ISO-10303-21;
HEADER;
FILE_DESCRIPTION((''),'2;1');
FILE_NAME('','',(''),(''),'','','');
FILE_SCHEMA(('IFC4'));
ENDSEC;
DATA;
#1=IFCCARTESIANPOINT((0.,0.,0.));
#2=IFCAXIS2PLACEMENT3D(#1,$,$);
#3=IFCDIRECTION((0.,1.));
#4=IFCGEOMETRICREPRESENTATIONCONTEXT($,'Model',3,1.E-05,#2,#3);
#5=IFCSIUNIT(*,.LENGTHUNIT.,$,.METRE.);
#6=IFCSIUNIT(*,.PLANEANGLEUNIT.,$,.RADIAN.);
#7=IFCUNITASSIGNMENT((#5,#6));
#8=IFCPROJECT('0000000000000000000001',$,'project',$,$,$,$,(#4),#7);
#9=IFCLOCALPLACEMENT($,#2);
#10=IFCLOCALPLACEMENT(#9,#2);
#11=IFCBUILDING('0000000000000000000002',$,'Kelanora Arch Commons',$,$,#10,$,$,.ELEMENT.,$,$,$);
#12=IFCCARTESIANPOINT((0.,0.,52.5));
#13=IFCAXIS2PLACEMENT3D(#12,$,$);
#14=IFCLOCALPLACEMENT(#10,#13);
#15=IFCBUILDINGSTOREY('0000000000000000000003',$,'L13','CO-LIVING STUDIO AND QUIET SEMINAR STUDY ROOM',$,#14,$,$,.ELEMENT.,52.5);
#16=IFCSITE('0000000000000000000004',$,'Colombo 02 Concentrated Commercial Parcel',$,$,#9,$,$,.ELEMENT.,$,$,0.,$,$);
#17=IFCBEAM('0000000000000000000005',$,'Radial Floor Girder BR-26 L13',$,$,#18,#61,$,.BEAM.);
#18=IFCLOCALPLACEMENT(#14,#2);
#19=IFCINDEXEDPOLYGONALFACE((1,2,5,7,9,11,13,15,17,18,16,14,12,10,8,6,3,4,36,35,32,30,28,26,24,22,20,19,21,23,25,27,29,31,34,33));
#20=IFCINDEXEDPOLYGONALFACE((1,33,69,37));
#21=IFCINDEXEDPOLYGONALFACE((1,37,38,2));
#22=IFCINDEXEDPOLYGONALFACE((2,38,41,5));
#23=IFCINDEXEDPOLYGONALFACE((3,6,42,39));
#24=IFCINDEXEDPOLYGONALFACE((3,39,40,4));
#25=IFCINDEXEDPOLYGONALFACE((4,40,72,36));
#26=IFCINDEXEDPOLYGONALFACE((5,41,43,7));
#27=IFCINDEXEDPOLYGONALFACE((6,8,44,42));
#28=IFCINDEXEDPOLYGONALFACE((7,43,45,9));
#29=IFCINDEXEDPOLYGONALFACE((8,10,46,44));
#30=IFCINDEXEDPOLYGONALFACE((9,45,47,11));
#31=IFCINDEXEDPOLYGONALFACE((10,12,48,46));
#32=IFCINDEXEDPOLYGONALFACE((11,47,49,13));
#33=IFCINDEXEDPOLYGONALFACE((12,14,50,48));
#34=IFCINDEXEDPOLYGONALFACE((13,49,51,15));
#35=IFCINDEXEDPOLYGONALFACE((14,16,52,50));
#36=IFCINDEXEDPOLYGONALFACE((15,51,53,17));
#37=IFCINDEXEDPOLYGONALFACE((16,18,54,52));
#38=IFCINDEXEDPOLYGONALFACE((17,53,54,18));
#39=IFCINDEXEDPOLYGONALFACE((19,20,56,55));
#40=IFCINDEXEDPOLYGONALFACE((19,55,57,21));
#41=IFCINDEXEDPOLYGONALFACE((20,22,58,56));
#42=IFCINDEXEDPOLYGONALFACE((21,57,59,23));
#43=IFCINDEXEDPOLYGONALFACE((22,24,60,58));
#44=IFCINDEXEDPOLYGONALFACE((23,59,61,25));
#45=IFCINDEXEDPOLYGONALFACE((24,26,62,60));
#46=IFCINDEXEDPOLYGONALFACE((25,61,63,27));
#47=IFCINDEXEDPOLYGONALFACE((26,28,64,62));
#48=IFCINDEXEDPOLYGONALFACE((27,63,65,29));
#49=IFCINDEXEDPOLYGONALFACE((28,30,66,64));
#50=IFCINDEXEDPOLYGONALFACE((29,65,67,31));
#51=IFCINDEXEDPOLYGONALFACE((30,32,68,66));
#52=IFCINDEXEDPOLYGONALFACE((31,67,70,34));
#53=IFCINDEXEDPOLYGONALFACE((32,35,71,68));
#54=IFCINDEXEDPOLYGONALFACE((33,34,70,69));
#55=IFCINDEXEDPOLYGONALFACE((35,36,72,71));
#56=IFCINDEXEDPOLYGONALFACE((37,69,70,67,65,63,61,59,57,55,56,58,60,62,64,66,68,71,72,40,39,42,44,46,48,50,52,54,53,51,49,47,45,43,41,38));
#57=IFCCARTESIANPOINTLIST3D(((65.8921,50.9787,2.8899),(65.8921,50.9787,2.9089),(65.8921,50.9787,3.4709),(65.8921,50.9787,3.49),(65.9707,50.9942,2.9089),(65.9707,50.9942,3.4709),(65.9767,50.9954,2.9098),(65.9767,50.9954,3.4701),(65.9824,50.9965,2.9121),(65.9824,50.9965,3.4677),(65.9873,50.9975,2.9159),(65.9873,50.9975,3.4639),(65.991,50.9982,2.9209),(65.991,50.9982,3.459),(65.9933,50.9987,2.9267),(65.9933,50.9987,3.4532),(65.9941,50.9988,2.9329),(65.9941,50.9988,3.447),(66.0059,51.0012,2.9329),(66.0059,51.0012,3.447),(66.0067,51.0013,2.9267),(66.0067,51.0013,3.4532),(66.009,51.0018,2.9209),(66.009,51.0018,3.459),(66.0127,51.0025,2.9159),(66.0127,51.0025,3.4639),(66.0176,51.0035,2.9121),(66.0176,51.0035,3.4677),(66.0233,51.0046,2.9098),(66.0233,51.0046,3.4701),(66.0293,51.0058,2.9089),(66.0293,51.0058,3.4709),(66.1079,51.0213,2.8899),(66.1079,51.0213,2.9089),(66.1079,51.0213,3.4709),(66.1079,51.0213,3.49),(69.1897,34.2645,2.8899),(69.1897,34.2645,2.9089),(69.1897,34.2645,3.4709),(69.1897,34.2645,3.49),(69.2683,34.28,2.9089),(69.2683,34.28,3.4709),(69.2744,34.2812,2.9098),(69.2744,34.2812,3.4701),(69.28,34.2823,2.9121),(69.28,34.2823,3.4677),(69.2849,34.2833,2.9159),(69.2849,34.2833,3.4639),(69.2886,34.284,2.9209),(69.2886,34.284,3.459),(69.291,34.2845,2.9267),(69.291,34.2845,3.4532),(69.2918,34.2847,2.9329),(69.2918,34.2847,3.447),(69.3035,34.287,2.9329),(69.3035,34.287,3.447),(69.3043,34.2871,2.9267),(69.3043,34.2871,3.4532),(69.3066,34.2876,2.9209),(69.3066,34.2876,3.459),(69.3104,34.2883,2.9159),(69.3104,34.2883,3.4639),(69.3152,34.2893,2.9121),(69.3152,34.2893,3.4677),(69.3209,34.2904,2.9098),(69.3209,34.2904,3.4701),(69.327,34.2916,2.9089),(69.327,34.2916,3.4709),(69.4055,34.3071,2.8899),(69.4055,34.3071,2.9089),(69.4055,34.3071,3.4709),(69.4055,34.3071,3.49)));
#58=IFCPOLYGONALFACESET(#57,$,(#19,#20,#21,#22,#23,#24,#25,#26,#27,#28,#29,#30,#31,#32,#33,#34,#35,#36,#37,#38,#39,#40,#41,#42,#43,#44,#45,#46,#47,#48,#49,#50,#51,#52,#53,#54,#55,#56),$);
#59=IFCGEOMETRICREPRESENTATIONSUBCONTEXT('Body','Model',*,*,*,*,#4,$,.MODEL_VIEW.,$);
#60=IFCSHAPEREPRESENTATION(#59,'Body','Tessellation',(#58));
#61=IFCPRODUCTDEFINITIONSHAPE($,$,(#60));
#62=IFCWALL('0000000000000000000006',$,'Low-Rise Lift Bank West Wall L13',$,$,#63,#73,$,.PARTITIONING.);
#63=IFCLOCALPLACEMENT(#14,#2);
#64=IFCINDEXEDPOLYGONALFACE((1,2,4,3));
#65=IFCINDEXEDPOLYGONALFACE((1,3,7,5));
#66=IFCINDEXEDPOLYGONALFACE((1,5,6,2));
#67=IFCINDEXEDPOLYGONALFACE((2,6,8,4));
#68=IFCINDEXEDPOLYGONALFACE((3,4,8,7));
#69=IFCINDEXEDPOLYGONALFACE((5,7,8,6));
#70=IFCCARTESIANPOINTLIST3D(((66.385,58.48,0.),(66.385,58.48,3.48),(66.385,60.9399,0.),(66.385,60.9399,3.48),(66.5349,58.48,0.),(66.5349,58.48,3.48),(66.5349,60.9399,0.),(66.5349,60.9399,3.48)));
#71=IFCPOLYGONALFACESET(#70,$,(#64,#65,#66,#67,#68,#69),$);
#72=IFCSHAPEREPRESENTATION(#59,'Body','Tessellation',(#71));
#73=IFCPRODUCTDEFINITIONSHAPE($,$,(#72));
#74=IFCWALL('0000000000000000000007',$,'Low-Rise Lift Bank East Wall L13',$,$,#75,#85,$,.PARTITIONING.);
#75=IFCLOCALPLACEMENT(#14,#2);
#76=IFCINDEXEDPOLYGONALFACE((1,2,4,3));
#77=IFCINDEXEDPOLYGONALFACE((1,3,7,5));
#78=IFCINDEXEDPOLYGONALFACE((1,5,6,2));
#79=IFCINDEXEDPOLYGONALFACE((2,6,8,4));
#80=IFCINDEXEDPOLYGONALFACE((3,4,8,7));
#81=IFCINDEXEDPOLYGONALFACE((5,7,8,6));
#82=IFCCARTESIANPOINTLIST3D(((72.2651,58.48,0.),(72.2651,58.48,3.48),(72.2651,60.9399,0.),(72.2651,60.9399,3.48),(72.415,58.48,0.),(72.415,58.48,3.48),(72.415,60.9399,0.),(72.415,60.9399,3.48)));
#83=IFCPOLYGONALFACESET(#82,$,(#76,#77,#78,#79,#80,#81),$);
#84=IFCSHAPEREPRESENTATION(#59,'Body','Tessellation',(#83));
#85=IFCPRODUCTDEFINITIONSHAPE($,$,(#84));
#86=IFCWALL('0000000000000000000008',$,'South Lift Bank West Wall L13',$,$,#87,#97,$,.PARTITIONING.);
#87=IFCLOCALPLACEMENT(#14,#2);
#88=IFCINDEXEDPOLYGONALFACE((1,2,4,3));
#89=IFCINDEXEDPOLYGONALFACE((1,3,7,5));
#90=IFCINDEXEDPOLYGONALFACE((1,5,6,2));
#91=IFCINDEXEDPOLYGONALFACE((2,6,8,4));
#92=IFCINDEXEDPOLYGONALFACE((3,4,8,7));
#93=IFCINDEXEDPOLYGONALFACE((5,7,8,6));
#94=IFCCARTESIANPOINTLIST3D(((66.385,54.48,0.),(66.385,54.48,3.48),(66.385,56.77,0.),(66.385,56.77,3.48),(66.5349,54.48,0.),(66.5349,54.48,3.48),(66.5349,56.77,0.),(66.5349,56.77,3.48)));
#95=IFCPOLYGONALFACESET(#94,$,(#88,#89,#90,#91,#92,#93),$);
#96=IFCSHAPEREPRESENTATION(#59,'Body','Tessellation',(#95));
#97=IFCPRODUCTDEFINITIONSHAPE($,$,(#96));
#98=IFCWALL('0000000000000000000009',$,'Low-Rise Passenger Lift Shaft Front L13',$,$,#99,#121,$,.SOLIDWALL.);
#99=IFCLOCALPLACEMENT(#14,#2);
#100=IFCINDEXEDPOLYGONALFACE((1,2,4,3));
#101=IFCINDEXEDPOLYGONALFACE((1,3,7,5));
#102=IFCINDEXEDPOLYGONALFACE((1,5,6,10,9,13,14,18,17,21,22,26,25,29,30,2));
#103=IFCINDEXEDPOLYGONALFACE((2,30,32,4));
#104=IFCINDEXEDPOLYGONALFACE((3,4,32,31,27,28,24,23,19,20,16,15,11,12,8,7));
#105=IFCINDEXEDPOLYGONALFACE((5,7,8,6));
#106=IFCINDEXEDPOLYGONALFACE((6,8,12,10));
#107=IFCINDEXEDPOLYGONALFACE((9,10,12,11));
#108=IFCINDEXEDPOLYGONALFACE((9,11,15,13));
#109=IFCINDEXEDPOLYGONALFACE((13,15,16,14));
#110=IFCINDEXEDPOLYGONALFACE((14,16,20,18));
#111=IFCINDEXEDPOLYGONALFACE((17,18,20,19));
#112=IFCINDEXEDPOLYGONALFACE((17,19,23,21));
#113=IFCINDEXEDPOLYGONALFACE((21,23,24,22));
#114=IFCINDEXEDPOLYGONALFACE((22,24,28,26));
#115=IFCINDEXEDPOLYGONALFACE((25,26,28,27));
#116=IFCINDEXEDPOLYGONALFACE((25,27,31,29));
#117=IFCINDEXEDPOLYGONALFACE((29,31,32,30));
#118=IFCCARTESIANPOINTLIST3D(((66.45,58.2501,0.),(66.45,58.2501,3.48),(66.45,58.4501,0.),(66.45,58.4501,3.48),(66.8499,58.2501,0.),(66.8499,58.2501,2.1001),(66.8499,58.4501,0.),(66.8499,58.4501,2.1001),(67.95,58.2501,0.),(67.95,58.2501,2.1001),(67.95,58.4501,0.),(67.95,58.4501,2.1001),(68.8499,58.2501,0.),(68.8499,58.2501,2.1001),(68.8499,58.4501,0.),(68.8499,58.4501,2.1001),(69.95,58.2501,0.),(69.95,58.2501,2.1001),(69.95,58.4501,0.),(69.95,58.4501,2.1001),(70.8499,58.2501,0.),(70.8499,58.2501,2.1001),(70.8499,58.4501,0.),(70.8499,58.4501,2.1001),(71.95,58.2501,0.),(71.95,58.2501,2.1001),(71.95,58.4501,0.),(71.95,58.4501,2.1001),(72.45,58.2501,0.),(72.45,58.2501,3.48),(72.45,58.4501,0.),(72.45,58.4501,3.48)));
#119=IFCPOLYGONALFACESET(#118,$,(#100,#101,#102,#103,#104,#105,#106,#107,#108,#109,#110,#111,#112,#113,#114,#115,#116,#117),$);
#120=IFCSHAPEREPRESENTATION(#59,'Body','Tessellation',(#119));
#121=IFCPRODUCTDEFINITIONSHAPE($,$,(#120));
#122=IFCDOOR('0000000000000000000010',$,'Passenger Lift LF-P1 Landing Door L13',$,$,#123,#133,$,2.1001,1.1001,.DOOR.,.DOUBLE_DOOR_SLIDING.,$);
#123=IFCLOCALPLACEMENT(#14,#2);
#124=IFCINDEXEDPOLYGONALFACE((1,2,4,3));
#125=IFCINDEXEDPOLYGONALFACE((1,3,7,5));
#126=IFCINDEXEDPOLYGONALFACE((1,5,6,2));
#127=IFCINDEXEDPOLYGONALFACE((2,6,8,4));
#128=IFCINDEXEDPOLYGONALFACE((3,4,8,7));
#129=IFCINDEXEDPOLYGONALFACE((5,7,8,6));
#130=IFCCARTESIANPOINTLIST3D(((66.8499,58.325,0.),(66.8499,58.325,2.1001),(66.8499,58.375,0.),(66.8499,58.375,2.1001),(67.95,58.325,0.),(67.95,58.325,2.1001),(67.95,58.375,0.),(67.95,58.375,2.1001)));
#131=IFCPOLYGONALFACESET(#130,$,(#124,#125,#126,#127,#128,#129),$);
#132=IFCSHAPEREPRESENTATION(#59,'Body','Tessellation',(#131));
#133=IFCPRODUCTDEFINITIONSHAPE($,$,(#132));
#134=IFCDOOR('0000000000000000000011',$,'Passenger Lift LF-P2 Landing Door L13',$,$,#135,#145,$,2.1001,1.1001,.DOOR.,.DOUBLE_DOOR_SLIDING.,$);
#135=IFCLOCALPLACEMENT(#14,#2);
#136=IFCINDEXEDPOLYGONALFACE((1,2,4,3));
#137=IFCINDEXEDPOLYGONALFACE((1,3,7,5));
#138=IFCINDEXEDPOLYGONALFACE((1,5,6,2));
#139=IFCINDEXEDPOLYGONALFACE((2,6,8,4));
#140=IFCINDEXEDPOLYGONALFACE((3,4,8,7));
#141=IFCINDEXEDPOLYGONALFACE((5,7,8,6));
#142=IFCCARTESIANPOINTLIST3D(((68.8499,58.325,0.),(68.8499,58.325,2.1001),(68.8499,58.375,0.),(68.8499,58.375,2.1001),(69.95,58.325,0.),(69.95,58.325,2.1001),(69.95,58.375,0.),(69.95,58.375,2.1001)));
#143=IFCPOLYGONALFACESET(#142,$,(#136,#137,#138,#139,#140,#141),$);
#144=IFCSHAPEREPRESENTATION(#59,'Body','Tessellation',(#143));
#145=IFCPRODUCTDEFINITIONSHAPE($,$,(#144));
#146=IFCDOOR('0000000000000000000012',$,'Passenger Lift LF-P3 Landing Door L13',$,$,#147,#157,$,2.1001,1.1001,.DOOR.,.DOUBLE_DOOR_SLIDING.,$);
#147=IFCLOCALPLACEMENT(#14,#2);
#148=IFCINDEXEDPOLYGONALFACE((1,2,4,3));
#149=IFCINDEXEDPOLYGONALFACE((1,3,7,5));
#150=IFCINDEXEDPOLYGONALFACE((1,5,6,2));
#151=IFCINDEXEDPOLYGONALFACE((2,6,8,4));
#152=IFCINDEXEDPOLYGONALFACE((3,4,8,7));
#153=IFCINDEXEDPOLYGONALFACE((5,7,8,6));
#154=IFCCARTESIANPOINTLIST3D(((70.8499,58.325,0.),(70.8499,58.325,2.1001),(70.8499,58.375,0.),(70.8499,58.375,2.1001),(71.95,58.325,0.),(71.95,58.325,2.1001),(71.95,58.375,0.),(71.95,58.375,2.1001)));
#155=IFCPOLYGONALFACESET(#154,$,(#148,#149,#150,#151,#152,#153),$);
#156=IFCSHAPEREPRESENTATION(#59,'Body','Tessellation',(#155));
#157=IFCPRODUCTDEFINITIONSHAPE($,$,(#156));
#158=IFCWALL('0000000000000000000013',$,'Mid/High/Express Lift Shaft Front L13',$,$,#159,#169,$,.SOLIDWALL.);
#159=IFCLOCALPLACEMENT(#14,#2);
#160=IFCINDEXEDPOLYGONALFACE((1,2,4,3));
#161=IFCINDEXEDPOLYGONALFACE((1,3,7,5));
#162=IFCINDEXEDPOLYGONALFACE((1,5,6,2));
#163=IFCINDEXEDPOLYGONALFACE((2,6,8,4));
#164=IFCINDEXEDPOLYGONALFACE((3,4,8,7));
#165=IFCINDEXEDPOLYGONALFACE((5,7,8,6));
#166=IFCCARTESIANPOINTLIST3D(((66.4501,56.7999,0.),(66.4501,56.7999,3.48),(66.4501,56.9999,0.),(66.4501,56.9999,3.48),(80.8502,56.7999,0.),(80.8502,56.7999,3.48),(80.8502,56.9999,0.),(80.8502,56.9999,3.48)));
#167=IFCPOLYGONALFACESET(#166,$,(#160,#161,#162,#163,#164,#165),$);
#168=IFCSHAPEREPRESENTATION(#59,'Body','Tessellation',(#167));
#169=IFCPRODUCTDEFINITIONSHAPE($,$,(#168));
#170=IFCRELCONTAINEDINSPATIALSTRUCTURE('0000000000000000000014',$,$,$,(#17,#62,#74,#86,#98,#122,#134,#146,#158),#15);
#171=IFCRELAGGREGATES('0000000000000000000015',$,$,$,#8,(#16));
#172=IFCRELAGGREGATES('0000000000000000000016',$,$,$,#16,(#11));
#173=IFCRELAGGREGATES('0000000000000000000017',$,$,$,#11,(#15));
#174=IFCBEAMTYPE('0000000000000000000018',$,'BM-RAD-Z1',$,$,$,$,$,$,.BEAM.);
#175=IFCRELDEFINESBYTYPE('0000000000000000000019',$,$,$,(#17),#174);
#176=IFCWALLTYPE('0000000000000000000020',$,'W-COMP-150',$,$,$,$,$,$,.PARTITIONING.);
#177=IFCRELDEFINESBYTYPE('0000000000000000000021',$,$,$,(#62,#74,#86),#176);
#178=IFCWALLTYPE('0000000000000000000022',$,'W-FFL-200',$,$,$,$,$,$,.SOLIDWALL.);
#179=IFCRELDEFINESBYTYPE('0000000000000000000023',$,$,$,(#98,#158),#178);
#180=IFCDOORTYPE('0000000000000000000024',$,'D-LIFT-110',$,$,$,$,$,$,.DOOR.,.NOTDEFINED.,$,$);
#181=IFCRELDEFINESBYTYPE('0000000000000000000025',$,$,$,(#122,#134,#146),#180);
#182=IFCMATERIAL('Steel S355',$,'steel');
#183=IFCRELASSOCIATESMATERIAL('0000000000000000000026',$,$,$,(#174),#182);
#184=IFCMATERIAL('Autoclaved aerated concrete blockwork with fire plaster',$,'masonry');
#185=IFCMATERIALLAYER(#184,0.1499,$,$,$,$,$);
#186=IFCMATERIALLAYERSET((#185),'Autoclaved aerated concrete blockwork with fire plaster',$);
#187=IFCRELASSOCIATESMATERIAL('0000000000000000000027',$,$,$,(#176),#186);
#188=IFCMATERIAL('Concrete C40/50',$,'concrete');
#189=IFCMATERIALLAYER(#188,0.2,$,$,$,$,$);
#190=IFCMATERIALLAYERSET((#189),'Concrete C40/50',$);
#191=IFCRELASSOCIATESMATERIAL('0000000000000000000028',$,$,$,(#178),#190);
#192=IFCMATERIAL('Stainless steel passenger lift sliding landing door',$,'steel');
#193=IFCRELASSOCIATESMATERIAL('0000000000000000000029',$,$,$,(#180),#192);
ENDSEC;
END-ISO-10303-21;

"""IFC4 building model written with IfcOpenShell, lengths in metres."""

from ifc_helpers import new_model, si_unit, direction, frame, frame_2d, origin, origin_2d, place, context, subcontext, project, spatial, rectangle, i_section, extrude, material, layer, layer_set, material_profile, profile_set, type_object, element, fill, save


model = new_model("IFC4")

# Units and contexts
model_context = context("Model", 3, precision=1e-05, world=origin(), true_north=direction((0.0, 1.0)))
body_context = subcontext(model_context, "Body", "Model", "MODEL_VIEW")
ifc_project = project(units=[si_unit("LENGTHUNIT", "METRE"), si_unit("PLANEANGLEUNIT", "RADIAN")], contexts=[model_context])

# Site, building, storey
site_placement = place(None, origin())
site = spatial("IfcSite", under=ifc_project, at=site_placement, Name="Colombo 02 Concentrated Commercial Parcel", CompositionType="ELEMENT", RefElevation=0.0)
building_placement = place(site_placement, origin())
building = spatial("IfcBuilding", under=site, at=building_placement, Name="Kelanora Arch Commons", CompositionType="ELEMENT")
storey_placement = place(building_placement, frame((0.0, 0.0, 52.5)))
storey = spatial("IfcBuildingStorey", under=building, at=storey_placement, Name="L13", Description="CO-LIVING STUDIO AND QUIET SEMINAR STUDY ROOM", CompositionType="ELEMENT", Elevation=52.5)

# Beam
ifc_material_1 = material(Name="Steel S355", Category="steel")
ifc_material_profile_1 = material_profile(ifc_material_1, i_section(OverallWidth=0.22, OverallDepth=0.6001, WebThickness=0.012, FlangeThickness=0.019, FilletRadius=0.0239, at=origin_2d()), Name="IPE600")
ifc_profile_set_1 = profile_set([ifc_material_profile_1], Name="Steel S355")
beam_type_1 = type_object("IfcBeamType", Name="BM-RAD-Z1", PredefinedType="BEAM", material=ifc_profile_set_1)
beam_1_placement = place(storey_placement, frame((66.0, 51.0, 3.1899), z_axis=(0.193564, -0.981088, 0.0), x_axis=(0.981088, 0.193564, 0.0)))
element("IfcBeam", 1, at=beam_1_placement, inside=storey, type_object=beam_type_1, Name="Radial Floor Girder BR-26 L13", PredefinedType="BEAM", context=body_context, shape_type="SweptSolid", body=[
    extrude(i_section(OverallWidth=0.22, OverallDepth=0.6001, WebThickness=0.012, FlangeThickness=0.019, FilletRadius=0.0239, at=origin_2d()), origin(), (0.0, 0.0, 1.0), 17.0364),
])

# Walls
ifc_material_2 = material(Name="Autoclaved aerated concrete blockwork with fire plaster", Category="masonry")
ifc_layer_1 = layer(ifc_material_2, 0.1499)
ifc_layer_set_1 = layer_set([ifc_layer_1], Name="Autoclaved aerated concrete blockwork with fire plaster")
wall_type_1 = type_object("IfcWallType", Name="W-COMP-150", PredefinedType="PARTITIONING", material=ifc_layer_set_1)
for number, where, z_axis, x_axis, name in (
    (2, (66.46, 58.48, 0.0), (0.0, 0.0, 1.0), (0.0, 1.0, 0.0), "Low-Rise Lift Bank West Wall L13"),
    (3, (72.3401, 58.48, 0.0), (0.0, 0.0, 1.0), (0.0, 1.0, 0.0), "Low-Rise Lift Bank East Wall L13"),
):
    element("IfcWall", number, at=place(storey_placement, frame(where, z_axis=z_axis, x_axis=x_axis)), inside=storey, type_object=wall_type_1, Name=name, PredefinedType="PARTITIONING", context=body_context, shape_type="SweptSolid", body=[
        extrude(rectangle(XDim=2.46, YDim=0.1499, at=frame_2d((1.23, 0.0))), origin(), (0.0, 0.0, 1.0), 3.48),
    ])
wall_1_placement = place(storey_placement, frame((66.46, 54.48, 0.0), z_axis=(0.0, 0.0, 1.0), x_axis=(0.0, 1.0, 0.0)))
element("IfcWall", 4, at=wall_1_placement, inside=storey, type_object=wall_type_1, Name="South Lift Bank West Wall L13", PredefinedType="PARTITIONING", context=body_context, shape_type="SweptSolid", body=[
    extrude(rectangle(XDim=2.29, YDim=0.1499, at=frame_2d((1.145, 0.0))), origin(), (0.0, 0.0, 1.0), 3.48),
])

# Wall, openings, doors
ifc_material_3 = material(Name="Concrete C40/50", Category="concrete")
ifc_layer_2 = layer(ifc_material_3, 0.2)
ifc_layer_set_2 = layer_set([ifc_layer_2], Name="Concrete C40/50")
wall_type_2 = type_object("IfcWallType", Name="W-FFL-200", PredefinedType="SOLIDWALL", material=ifc_layer_set_2)
wall_2_placement = place(storey_placement, frame((66.45, 58.3501, 0.0), z_axis=(0.0, 0.0, 1.0), x_axis=(1.0, 0.0, 0.0)))
wall_2 = element("IfcWall", 5, at=wall_2_placement, inside=storey, type_object=wall_type_2, Name="Low-Rise Passenger Lift Shaft Front L13", PredefinedType="SOLIDWALL", context=body_context, shape_type="SweptSolid", body=[
    extrude(rectangle(XDim=6.0, YDim=0.2, at=frame_2d((3.0, 0.0))), origin(), (0.0, 0.0, 1.0), 3.48),
])
opening_1_placement = place(wall_2_placement, frame((0.3999, 0.0, 0.0)))
opening_1 = element("IfcOpeningElement", 6, at=opening_1_placement, cuts=wall_2, PredefinedType="OPENING", context=body_context, shape_type="SweptSolid", body=[
    extrude(rectangle(XDim=1.1001, YDim=2.1001, at=frame_2d((0.55, 1.05))), frame((0.0, 0.1099, 0.0), z_axis=(0.0, -1.0, 0.0), x_axis=(1.0, 0.0, 0.0)), (0.0, 0.0, 1.0), 0.22),
])
opening_2_placement = place(wall_2_placement, frame((2.3999, 0.0, 0.0)))
opening_2 = element("IfcOpeningElement", 7, at=opening_2_placement, cuts=wall_2, PredefinedType="OPENING", context=body_context, shape_type="SweptSolid", body=[
    extrude(rectangle(XDim=1.1001, YDim=2.1001, at=frame_2d((0.55, 1.05))), frame((0.0, 0.1099, 0.0), z_axis=(0.0, -1.0, 0.0), x_axis=(1.0, 0.0, 0.0)), (0.0, 0.0, 1.0), 0.22),
])
opening_3_placement = place(wall_2_placement, frame((4.3999, 0.0, 0.0)))
opening_3 = element("IfcOpeningElement", 8, at=opening_3_placement, cuts=wall_2, PredefinedType="OPENING", context=body_context, shape_type="SweptSolid", body=[
    extrude(rectangle(XDim=1.1001, YDim=2.1001, at=frame_2d((0.55, 1.05))), frame((0.0, 0.1099, 0.0), z_axis=(0.0, -1.0, 0.0), x_axis=(1.0, 0.0, 0.0)), (0.0, 0.0, 1.0), 0.22),
])
ifc_material_4 = material(Name="Stainless steel passenger lift sliding landing door", Category="steel")
door_type_1 = type_object("IfcDoorType", Name="D-LIFT-110", OperationType="NOTDEFINED", PredefinedType="DOOR", material=ifc_material_4)
door_1_placement = place(opening_1_placement, origin())
door_1 = element("IfcDoor", 9, at=door_1_placement, inside=storey, type_object=door_type_1, Name="Passenger Lift LF-P1 Landing Door L13", OperationType="DOUBLE_DOOR_SLIDING", OverallHeight=2.1001, OverallWidth=1.1001, PredefinedType="DOOR", context=body_context, shape_type="SweptSolid", body=[
    extrude(rectangle(XDim=1.1001, YDim=2.1001, at=frame_2d((0.55, 1.05))), frame((0.0, 0.0249, 0.0), z_axis=(0.0, -1.0, 0.0), x_axis=(1.0, 0.0, 0.0)), (0.0, 0.0, 1.0), 0.05),
])
fill(opening_1, door_1)
door_2_placement = place(opening_2_placement, origin())
door_2 = element("IfcDoor", 10, at=door_2_placement, inside=storey, type_object=door_type_1, Name="Passenger Lift LF-P2 Landing Door L13", OperationType="DOUBLE_DOOR_SLIDING", OverallHeight=2.1001, OverallWidth=1.1001, PredefinedType="DOOR", context=body_context, shape_type="SweptSolid", body=[
    extrude(rectangle(XDim=1.1001, YDim=2.1001, at=frame_2d((0.55, 1.05))), frame((0.0, 0.0249, 0.0), z_axis=(0.0, -1.0, 0.0), x_axis=(1.0, 0.0, 0.0)), (0.0, 0.0, 1.0), 0.05),
])
fill(opening_2, door_2)
door_3_placement = place(opening_3_placement, origin())
door_3 = element("IfcDoor", 11, at=door_3_placement, inside=storey, type_object=door_type_1, Name="Passenger Lift LF-P3 Landing Door L13", OperationType="DOUBLE_DOOR_SLIDING", OverallHeight=2.1001, OverallWidth=1.1001, PredefinedType="DOOR", context=body_context, shape_type="SweptSolid", body=[
    extrude(rectangle(XDim=1.1001, YDim=2.1001, at=frame_2d((0.55, 1.05))), frame((0.0, 0.0249, 0.0), z_axis=(0.0, -1.0, 0.0), x_axis=(1.0, 0.0, 0.0)), (0.0, 0.0, 1.0), 0.05),
])
fill(opening_3, door_3)

# Wall
wall_3_placement = place(storey_placement, frame((66.45, 56.8999, 0.0), z_axis=(0.0, 0.0, 1.0), x_axis=(1.0, 0.0, 0.0)))
element("IfcWall", 12, at=wall_3_placement, inside=storey, type_object=wall_type_2, Name="Mid/High/Express Lift Shaft Front L13", PredefinedType="SOLIDWALL", context=body_context, shape_type="SweptSolid", body=[
    extrude(rectangle(XDim=14.4001, YDim=0.2, at=frame_2d((7.2002, 0.0))), origin(), (0.0, 0.0, 1.0), 3.48),
])

save(model, "model.ifc")
